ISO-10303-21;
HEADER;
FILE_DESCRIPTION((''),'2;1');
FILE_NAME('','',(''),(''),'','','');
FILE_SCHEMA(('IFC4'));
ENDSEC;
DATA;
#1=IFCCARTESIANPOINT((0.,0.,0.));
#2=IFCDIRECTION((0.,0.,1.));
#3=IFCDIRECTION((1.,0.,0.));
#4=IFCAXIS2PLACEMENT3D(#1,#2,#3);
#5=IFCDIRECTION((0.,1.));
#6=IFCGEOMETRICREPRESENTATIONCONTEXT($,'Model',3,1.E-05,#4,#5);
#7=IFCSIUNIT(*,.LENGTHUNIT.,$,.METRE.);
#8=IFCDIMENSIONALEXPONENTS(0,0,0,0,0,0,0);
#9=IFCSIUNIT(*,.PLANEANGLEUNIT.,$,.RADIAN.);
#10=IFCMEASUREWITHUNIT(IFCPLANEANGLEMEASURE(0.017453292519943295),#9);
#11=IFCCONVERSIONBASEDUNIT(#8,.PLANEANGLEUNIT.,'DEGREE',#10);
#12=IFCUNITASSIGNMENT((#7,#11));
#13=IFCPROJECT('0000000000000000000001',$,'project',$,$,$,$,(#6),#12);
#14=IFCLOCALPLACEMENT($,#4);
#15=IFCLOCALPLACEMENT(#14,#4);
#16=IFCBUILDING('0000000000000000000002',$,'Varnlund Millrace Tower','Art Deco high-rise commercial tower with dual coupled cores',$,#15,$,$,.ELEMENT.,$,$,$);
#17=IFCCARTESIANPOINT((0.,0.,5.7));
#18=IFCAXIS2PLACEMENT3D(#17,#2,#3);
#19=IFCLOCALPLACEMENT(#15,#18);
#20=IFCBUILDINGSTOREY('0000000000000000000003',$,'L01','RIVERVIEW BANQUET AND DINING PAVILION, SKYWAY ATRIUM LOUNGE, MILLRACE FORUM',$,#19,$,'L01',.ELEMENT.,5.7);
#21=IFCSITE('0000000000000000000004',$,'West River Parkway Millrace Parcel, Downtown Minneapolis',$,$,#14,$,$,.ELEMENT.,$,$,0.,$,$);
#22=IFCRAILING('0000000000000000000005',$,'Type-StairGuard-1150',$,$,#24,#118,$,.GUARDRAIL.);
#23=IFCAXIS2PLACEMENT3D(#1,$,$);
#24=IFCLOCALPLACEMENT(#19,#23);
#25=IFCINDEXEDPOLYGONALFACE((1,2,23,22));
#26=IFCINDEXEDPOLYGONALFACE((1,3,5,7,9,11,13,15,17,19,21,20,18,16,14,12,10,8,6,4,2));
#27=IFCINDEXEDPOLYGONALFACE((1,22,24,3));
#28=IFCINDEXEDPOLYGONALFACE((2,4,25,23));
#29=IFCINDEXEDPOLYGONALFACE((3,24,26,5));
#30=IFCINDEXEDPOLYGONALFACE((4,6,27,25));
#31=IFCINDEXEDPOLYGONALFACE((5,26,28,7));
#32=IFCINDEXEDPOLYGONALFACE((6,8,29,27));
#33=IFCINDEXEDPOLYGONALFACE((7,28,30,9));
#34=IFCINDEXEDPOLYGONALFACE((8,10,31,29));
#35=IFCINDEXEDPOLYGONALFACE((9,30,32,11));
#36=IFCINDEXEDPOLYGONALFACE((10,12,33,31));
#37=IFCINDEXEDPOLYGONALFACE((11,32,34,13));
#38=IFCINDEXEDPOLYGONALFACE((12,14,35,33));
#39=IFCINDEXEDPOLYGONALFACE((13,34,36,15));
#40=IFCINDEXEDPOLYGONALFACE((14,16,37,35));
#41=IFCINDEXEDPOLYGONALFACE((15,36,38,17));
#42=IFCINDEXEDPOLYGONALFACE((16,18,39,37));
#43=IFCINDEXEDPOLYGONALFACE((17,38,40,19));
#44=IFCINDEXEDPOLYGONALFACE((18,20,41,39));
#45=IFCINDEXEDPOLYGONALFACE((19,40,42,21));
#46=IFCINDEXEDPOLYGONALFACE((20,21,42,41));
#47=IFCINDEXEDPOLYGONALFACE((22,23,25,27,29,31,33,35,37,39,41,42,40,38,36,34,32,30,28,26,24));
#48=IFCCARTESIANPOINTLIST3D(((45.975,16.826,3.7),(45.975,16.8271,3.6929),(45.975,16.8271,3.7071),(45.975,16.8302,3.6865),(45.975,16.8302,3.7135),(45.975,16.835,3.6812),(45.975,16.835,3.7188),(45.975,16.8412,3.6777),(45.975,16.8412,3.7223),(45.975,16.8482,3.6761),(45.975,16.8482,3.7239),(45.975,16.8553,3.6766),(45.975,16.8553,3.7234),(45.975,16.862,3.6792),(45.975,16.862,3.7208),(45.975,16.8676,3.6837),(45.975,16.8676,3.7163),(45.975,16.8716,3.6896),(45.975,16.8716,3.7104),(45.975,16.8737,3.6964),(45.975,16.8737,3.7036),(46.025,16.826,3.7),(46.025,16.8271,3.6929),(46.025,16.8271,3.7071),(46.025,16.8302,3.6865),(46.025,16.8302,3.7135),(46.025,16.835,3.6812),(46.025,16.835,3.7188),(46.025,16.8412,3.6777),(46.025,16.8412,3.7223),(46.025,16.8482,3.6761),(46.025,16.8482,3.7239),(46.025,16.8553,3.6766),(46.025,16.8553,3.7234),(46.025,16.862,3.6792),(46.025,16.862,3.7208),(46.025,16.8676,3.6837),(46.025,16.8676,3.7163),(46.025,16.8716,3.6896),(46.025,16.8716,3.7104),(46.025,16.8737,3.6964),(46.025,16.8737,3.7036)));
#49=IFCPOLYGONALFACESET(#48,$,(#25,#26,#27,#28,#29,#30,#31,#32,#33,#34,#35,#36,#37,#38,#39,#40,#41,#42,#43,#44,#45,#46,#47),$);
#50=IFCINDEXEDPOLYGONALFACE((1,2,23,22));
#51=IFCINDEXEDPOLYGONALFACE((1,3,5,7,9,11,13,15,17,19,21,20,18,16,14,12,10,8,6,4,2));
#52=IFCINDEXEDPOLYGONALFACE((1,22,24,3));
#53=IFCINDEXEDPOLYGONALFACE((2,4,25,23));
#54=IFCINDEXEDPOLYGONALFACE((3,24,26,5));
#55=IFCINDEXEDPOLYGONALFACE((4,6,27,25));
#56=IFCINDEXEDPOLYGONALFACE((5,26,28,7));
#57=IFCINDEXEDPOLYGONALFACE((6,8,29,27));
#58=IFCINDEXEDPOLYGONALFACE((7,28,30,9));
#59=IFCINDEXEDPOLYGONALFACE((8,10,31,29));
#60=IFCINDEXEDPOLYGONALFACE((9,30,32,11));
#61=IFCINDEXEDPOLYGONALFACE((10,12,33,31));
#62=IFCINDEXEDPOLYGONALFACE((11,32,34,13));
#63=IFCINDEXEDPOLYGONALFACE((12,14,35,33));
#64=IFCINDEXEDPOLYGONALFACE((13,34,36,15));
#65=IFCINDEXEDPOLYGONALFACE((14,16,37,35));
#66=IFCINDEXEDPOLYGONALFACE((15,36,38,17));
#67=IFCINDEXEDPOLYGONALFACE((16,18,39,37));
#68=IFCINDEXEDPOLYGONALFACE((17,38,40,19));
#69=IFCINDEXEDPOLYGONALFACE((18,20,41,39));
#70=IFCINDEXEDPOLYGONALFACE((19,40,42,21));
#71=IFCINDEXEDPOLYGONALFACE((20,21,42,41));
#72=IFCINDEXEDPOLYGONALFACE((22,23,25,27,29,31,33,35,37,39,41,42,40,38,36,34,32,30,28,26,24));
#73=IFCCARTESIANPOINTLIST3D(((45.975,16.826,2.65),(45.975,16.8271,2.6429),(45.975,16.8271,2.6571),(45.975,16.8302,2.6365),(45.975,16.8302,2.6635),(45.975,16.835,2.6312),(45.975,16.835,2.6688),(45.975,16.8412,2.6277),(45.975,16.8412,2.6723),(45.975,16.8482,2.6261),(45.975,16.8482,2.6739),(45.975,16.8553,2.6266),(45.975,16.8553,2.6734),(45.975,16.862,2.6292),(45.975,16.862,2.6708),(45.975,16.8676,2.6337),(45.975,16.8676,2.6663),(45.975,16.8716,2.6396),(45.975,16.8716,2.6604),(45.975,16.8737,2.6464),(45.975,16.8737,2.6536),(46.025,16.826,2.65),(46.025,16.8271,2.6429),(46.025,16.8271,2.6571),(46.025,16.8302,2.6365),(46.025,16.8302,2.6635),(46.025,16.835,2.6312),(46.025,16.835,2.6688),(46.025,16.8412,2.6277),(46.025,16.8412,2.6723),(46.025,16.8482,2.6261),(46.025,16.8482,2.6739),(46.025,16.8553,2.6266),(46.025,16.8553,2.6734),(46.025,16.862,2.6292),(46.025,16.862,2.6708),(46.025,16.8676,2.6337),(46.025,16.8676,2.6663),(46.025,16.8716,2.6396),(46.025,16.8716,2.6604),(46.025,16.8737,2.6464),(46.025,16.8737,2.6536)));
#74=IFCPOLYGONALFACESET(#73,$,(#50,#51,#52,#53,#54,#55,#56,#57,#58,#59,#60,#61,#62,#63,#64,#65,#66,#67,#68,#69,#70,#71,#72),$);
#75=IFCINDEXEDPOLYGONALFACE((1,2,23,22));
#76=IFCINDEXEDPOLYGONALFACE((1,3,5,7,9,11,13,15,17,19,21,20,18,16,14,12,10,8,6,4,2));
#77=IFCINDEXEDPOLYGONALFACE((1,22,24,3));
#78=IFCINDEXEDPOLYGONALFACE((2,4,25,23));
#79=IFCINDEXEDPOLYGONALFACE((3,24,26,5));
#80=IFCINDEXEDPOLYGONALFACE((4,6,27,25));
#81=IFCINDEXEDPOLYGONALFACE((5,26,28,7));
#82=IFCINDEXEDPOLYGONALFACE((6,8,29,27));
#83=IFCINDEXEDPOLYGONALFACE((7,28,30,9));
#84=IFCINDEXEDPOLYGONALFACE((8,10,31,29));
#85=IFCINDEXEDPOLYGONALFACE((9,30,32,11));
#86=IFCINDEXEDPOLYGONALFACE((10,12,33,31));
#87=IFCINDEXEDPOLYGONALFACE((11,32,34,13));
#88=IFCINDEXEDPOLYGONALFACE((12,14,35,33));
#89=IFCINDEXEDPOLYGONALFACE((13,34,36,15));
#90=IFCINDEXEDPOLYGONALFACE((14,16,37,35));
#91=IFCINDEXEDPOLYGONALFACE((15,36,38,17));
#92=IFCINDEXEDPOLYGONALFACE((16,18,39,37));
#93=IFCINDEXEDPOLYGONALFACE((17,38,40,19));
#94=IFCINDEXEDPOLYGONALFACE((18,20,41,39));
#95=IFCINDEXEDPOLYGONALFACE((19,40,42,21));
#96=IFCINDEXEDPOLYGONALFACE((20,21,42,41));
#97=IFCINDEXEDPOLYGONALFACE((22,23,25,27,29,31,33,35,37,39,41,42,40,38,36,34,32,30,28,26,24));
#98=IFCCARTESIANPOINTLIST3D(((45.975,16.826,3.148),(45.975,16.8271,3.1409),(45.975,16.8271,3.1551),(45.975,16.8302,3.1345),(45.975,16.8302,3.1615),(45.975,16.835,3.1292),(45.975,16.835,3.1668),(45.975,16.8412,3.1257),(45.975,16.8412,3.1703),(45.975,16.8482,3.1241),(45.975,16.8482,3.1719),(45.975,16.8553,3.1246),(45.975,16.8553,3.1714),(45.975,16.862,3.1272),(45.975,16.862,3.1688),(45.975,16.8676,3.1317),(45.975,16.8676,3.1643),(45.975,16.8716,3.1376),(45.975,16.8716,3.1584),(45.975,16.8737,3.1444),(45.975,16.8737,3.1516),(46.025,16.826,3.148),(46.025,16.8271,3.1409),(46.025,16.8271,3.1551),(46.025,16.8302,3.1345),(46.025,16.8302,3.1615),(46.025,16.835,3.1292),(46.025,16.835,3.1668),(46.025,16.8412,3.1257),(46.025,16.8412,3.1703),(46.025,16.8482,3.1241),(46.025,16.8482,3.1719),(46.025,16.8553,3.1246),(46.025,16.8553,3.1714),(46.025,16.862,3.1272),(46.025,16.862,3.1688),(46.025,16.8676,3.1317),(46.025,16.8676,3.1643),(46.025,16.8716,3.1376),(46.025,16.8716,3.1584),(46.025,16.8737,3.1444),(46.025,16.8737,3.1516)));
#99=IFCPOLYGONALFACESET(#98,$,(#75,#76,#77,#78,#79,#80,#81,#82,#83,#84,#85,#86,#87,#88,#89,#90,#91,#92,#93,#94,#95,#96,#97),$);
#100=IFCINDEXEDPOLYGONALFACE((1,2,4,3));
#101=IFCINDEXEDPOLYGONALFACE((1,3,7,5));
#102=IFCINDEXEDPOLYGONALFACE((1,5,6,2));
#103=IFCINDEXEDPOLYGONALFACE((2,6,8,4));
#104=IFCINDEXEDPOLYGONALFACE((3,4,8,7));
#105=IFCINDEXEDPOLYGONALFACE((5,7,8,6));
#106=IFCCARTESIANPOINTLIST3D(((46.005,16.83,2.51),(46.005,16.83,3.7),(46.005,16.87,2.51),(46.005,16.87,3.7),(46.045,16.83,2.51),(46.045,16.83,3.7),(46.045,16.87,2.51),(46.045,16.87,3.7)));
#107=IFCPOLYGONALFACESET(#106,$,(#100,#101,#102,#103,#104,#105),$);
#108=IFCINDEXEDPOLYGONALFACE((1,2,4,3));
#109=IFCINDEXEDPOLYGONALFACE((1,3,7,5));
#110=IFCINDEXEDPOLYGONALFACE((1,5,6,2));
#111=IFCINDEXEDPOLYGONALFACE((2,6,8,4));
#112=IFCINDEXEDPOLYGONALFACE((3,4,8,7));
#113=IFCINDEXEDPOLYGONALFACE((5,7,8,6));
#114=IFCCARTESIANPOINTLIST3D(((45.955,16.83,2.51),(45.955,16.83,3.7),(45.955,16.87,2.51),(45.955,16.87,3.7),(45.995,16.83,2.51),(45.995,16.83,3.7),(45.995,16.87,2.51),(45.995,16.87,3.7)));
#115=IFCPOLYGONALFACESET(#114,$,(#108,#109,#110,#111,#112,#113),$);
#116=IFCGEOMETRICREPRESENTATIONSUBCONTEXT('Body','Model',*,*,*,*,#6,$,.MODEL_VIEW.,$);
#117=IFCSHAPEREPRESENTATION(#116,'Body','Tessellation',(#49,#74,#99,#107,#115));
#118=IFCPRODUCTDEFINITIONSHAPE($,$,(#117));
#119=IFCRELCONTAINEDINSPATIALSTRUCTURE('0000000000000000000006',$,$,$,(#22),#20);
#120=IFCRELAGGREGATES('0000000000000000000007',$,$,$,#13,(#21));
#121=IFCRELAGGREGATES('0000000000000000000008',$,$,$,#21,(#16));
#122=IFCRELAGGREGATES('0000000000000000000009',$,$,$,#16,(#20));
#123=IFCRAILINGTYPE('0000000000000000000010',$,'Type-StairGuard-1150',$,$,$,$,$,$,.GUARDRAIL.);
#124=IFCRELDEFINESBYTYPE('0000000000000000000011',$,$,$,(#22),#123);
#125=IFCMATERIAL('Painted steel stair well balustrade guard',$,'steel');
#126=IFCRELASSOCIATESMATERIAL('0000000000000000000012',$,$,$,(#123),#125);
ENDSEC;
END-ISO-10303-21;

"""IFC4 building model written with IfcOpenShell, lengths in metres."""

from ifc_helpers import new_model, entity, si_unit, converted_unit, direction, frame, origin_with_axes, origin_2d_with_axis, place, context, subcontext, project, spatial, rectangle, circle, extrude, material, type_object, element, save


model = new_model("IFC4")

# Units and contexts
model_context = context("Model", 3, precision=1e-05, world=origin_with_axes(), true_north=direction((0.0, 1.0)))
body_context = subcontext(model_context, "Body", "Model", "MODEL_VIEW")
ifc_project = project(units=[si_unit("LENGTHUNIT", "METRE"), converted_unit("PLANEANGLEUNIT", "DEGREE", entity("IfcPlaneAngleMeasure", 0.017453292519943295), si_unit("PLANEANGLEUNIT", "RADIAN"), dimensions=[0, 0, 0, 0, 0, 0, 0])], contexts=[model_context])

# Site, building, storey
site_placement = place(None, origin_with_axes())
site = spatial("IfcSite", under=ifc_project, at=site_placement, Name="West River Parkway Millrace Parcel, Downtown Minneapolis", CompositionType="ELEMENT", RefElevation=0.0)
building_placement = place(site_placement, origin_with_axes())
building = spatial("IfcBuilding", under=site, at=building_placement, Name="Varnlund Millrace Tower", Description="Art Deco high-rise commercial tower with dual coupled cores", CompositionType="ELEMENT")
storey_placement = place(building_placement, frame((0.0, 0.0, 5.7), z_axis=(0.0, 0.0, 1.0), x_axis=(1.0, 0.0, 0.0)))
storey = spatial("IfcBuildingStorey", under=building, at=storey_placement, Name="L01", Description="RIVERVIEW BANQUET AND DINING PAVILION, SKYWAY ATRIUM LOUNGE, MILLRACE FORUM", LongName="L01", CompositionType="ELEMENT", Elevation=5.7)

# Railing
ifc_material_1 = material(Name="Painted steel stair well balustrade guard", Category="steel")
railing_type_1 = type_object("IfcRailingType", Name="Type-StairGuard-1150", PredefinedType="GUARDRAIL", material=ifc_material_1)
railing_1_placement = place(storey_placement, frame((0.0, 0.0, -5.7), z_axis=(0.0, 0.0, 1.0), x_axis=(1.0, 0.0, 0.0)))
element("IfcRailing", 1, at=railing_1_placement, inside=storey, type_object=railing_type_1, Name="Type-StairGuard-1150", PredefinedType="GUARDRAIL", context=body_context, shape_type="SweptSolid", body=[
    extrude(circle(Radius=0.024, at=origin_2d_with_axis()), frame((46.025, 16.85, 9.4), z_axis=(-1.0, 0.0, 0.0), x_axis=(0.0, -1.0, 0.0)), (0.0, 0.0, 1.0), 0.05),
    extrude(circle(Radius=0.024, at=origin_2d_with_axis()), frame((46.025, 16.85, 8.35), z_axis=(-1.0, 0.0, 0.0), x_axis=(0.0, -1.0, 0.0)), (0.0, 0.0, 1.0), 0.05),
    extrude(circle(Radius=0.024, at=origin_2d_with_axis()), frame((46.025, 16.85, 8.848), z_axis=(-1.0, 0.0, 0.0), x_axis=(0.0, -1.0, 0.0)), (0.0, 0.0, 1.0), 0.05),
    extrude(rectangle(XDim=0.04, YDim=0.04, at=origin_2d_with_axis()), frame((46.025, 16.85, 8.21), z_axis=(0.0, 0.0, 1.0), x_axis=(1.0, 0.0, 0.0)), (0.0, 0.0, 1.0), 1.19),
    extrude(rectangle(XDim=0.04, YDim=0.04, at=origin_2d_with_axis()), frame((45.975, 16.85, 8.21), z_axis=(0.0, 0.0, 1.0), x_axis=(1.0, 0.0, 0.0)), (0.0, 0.0, 1.0), 1.19),
])

save(model, "model.ifc")
